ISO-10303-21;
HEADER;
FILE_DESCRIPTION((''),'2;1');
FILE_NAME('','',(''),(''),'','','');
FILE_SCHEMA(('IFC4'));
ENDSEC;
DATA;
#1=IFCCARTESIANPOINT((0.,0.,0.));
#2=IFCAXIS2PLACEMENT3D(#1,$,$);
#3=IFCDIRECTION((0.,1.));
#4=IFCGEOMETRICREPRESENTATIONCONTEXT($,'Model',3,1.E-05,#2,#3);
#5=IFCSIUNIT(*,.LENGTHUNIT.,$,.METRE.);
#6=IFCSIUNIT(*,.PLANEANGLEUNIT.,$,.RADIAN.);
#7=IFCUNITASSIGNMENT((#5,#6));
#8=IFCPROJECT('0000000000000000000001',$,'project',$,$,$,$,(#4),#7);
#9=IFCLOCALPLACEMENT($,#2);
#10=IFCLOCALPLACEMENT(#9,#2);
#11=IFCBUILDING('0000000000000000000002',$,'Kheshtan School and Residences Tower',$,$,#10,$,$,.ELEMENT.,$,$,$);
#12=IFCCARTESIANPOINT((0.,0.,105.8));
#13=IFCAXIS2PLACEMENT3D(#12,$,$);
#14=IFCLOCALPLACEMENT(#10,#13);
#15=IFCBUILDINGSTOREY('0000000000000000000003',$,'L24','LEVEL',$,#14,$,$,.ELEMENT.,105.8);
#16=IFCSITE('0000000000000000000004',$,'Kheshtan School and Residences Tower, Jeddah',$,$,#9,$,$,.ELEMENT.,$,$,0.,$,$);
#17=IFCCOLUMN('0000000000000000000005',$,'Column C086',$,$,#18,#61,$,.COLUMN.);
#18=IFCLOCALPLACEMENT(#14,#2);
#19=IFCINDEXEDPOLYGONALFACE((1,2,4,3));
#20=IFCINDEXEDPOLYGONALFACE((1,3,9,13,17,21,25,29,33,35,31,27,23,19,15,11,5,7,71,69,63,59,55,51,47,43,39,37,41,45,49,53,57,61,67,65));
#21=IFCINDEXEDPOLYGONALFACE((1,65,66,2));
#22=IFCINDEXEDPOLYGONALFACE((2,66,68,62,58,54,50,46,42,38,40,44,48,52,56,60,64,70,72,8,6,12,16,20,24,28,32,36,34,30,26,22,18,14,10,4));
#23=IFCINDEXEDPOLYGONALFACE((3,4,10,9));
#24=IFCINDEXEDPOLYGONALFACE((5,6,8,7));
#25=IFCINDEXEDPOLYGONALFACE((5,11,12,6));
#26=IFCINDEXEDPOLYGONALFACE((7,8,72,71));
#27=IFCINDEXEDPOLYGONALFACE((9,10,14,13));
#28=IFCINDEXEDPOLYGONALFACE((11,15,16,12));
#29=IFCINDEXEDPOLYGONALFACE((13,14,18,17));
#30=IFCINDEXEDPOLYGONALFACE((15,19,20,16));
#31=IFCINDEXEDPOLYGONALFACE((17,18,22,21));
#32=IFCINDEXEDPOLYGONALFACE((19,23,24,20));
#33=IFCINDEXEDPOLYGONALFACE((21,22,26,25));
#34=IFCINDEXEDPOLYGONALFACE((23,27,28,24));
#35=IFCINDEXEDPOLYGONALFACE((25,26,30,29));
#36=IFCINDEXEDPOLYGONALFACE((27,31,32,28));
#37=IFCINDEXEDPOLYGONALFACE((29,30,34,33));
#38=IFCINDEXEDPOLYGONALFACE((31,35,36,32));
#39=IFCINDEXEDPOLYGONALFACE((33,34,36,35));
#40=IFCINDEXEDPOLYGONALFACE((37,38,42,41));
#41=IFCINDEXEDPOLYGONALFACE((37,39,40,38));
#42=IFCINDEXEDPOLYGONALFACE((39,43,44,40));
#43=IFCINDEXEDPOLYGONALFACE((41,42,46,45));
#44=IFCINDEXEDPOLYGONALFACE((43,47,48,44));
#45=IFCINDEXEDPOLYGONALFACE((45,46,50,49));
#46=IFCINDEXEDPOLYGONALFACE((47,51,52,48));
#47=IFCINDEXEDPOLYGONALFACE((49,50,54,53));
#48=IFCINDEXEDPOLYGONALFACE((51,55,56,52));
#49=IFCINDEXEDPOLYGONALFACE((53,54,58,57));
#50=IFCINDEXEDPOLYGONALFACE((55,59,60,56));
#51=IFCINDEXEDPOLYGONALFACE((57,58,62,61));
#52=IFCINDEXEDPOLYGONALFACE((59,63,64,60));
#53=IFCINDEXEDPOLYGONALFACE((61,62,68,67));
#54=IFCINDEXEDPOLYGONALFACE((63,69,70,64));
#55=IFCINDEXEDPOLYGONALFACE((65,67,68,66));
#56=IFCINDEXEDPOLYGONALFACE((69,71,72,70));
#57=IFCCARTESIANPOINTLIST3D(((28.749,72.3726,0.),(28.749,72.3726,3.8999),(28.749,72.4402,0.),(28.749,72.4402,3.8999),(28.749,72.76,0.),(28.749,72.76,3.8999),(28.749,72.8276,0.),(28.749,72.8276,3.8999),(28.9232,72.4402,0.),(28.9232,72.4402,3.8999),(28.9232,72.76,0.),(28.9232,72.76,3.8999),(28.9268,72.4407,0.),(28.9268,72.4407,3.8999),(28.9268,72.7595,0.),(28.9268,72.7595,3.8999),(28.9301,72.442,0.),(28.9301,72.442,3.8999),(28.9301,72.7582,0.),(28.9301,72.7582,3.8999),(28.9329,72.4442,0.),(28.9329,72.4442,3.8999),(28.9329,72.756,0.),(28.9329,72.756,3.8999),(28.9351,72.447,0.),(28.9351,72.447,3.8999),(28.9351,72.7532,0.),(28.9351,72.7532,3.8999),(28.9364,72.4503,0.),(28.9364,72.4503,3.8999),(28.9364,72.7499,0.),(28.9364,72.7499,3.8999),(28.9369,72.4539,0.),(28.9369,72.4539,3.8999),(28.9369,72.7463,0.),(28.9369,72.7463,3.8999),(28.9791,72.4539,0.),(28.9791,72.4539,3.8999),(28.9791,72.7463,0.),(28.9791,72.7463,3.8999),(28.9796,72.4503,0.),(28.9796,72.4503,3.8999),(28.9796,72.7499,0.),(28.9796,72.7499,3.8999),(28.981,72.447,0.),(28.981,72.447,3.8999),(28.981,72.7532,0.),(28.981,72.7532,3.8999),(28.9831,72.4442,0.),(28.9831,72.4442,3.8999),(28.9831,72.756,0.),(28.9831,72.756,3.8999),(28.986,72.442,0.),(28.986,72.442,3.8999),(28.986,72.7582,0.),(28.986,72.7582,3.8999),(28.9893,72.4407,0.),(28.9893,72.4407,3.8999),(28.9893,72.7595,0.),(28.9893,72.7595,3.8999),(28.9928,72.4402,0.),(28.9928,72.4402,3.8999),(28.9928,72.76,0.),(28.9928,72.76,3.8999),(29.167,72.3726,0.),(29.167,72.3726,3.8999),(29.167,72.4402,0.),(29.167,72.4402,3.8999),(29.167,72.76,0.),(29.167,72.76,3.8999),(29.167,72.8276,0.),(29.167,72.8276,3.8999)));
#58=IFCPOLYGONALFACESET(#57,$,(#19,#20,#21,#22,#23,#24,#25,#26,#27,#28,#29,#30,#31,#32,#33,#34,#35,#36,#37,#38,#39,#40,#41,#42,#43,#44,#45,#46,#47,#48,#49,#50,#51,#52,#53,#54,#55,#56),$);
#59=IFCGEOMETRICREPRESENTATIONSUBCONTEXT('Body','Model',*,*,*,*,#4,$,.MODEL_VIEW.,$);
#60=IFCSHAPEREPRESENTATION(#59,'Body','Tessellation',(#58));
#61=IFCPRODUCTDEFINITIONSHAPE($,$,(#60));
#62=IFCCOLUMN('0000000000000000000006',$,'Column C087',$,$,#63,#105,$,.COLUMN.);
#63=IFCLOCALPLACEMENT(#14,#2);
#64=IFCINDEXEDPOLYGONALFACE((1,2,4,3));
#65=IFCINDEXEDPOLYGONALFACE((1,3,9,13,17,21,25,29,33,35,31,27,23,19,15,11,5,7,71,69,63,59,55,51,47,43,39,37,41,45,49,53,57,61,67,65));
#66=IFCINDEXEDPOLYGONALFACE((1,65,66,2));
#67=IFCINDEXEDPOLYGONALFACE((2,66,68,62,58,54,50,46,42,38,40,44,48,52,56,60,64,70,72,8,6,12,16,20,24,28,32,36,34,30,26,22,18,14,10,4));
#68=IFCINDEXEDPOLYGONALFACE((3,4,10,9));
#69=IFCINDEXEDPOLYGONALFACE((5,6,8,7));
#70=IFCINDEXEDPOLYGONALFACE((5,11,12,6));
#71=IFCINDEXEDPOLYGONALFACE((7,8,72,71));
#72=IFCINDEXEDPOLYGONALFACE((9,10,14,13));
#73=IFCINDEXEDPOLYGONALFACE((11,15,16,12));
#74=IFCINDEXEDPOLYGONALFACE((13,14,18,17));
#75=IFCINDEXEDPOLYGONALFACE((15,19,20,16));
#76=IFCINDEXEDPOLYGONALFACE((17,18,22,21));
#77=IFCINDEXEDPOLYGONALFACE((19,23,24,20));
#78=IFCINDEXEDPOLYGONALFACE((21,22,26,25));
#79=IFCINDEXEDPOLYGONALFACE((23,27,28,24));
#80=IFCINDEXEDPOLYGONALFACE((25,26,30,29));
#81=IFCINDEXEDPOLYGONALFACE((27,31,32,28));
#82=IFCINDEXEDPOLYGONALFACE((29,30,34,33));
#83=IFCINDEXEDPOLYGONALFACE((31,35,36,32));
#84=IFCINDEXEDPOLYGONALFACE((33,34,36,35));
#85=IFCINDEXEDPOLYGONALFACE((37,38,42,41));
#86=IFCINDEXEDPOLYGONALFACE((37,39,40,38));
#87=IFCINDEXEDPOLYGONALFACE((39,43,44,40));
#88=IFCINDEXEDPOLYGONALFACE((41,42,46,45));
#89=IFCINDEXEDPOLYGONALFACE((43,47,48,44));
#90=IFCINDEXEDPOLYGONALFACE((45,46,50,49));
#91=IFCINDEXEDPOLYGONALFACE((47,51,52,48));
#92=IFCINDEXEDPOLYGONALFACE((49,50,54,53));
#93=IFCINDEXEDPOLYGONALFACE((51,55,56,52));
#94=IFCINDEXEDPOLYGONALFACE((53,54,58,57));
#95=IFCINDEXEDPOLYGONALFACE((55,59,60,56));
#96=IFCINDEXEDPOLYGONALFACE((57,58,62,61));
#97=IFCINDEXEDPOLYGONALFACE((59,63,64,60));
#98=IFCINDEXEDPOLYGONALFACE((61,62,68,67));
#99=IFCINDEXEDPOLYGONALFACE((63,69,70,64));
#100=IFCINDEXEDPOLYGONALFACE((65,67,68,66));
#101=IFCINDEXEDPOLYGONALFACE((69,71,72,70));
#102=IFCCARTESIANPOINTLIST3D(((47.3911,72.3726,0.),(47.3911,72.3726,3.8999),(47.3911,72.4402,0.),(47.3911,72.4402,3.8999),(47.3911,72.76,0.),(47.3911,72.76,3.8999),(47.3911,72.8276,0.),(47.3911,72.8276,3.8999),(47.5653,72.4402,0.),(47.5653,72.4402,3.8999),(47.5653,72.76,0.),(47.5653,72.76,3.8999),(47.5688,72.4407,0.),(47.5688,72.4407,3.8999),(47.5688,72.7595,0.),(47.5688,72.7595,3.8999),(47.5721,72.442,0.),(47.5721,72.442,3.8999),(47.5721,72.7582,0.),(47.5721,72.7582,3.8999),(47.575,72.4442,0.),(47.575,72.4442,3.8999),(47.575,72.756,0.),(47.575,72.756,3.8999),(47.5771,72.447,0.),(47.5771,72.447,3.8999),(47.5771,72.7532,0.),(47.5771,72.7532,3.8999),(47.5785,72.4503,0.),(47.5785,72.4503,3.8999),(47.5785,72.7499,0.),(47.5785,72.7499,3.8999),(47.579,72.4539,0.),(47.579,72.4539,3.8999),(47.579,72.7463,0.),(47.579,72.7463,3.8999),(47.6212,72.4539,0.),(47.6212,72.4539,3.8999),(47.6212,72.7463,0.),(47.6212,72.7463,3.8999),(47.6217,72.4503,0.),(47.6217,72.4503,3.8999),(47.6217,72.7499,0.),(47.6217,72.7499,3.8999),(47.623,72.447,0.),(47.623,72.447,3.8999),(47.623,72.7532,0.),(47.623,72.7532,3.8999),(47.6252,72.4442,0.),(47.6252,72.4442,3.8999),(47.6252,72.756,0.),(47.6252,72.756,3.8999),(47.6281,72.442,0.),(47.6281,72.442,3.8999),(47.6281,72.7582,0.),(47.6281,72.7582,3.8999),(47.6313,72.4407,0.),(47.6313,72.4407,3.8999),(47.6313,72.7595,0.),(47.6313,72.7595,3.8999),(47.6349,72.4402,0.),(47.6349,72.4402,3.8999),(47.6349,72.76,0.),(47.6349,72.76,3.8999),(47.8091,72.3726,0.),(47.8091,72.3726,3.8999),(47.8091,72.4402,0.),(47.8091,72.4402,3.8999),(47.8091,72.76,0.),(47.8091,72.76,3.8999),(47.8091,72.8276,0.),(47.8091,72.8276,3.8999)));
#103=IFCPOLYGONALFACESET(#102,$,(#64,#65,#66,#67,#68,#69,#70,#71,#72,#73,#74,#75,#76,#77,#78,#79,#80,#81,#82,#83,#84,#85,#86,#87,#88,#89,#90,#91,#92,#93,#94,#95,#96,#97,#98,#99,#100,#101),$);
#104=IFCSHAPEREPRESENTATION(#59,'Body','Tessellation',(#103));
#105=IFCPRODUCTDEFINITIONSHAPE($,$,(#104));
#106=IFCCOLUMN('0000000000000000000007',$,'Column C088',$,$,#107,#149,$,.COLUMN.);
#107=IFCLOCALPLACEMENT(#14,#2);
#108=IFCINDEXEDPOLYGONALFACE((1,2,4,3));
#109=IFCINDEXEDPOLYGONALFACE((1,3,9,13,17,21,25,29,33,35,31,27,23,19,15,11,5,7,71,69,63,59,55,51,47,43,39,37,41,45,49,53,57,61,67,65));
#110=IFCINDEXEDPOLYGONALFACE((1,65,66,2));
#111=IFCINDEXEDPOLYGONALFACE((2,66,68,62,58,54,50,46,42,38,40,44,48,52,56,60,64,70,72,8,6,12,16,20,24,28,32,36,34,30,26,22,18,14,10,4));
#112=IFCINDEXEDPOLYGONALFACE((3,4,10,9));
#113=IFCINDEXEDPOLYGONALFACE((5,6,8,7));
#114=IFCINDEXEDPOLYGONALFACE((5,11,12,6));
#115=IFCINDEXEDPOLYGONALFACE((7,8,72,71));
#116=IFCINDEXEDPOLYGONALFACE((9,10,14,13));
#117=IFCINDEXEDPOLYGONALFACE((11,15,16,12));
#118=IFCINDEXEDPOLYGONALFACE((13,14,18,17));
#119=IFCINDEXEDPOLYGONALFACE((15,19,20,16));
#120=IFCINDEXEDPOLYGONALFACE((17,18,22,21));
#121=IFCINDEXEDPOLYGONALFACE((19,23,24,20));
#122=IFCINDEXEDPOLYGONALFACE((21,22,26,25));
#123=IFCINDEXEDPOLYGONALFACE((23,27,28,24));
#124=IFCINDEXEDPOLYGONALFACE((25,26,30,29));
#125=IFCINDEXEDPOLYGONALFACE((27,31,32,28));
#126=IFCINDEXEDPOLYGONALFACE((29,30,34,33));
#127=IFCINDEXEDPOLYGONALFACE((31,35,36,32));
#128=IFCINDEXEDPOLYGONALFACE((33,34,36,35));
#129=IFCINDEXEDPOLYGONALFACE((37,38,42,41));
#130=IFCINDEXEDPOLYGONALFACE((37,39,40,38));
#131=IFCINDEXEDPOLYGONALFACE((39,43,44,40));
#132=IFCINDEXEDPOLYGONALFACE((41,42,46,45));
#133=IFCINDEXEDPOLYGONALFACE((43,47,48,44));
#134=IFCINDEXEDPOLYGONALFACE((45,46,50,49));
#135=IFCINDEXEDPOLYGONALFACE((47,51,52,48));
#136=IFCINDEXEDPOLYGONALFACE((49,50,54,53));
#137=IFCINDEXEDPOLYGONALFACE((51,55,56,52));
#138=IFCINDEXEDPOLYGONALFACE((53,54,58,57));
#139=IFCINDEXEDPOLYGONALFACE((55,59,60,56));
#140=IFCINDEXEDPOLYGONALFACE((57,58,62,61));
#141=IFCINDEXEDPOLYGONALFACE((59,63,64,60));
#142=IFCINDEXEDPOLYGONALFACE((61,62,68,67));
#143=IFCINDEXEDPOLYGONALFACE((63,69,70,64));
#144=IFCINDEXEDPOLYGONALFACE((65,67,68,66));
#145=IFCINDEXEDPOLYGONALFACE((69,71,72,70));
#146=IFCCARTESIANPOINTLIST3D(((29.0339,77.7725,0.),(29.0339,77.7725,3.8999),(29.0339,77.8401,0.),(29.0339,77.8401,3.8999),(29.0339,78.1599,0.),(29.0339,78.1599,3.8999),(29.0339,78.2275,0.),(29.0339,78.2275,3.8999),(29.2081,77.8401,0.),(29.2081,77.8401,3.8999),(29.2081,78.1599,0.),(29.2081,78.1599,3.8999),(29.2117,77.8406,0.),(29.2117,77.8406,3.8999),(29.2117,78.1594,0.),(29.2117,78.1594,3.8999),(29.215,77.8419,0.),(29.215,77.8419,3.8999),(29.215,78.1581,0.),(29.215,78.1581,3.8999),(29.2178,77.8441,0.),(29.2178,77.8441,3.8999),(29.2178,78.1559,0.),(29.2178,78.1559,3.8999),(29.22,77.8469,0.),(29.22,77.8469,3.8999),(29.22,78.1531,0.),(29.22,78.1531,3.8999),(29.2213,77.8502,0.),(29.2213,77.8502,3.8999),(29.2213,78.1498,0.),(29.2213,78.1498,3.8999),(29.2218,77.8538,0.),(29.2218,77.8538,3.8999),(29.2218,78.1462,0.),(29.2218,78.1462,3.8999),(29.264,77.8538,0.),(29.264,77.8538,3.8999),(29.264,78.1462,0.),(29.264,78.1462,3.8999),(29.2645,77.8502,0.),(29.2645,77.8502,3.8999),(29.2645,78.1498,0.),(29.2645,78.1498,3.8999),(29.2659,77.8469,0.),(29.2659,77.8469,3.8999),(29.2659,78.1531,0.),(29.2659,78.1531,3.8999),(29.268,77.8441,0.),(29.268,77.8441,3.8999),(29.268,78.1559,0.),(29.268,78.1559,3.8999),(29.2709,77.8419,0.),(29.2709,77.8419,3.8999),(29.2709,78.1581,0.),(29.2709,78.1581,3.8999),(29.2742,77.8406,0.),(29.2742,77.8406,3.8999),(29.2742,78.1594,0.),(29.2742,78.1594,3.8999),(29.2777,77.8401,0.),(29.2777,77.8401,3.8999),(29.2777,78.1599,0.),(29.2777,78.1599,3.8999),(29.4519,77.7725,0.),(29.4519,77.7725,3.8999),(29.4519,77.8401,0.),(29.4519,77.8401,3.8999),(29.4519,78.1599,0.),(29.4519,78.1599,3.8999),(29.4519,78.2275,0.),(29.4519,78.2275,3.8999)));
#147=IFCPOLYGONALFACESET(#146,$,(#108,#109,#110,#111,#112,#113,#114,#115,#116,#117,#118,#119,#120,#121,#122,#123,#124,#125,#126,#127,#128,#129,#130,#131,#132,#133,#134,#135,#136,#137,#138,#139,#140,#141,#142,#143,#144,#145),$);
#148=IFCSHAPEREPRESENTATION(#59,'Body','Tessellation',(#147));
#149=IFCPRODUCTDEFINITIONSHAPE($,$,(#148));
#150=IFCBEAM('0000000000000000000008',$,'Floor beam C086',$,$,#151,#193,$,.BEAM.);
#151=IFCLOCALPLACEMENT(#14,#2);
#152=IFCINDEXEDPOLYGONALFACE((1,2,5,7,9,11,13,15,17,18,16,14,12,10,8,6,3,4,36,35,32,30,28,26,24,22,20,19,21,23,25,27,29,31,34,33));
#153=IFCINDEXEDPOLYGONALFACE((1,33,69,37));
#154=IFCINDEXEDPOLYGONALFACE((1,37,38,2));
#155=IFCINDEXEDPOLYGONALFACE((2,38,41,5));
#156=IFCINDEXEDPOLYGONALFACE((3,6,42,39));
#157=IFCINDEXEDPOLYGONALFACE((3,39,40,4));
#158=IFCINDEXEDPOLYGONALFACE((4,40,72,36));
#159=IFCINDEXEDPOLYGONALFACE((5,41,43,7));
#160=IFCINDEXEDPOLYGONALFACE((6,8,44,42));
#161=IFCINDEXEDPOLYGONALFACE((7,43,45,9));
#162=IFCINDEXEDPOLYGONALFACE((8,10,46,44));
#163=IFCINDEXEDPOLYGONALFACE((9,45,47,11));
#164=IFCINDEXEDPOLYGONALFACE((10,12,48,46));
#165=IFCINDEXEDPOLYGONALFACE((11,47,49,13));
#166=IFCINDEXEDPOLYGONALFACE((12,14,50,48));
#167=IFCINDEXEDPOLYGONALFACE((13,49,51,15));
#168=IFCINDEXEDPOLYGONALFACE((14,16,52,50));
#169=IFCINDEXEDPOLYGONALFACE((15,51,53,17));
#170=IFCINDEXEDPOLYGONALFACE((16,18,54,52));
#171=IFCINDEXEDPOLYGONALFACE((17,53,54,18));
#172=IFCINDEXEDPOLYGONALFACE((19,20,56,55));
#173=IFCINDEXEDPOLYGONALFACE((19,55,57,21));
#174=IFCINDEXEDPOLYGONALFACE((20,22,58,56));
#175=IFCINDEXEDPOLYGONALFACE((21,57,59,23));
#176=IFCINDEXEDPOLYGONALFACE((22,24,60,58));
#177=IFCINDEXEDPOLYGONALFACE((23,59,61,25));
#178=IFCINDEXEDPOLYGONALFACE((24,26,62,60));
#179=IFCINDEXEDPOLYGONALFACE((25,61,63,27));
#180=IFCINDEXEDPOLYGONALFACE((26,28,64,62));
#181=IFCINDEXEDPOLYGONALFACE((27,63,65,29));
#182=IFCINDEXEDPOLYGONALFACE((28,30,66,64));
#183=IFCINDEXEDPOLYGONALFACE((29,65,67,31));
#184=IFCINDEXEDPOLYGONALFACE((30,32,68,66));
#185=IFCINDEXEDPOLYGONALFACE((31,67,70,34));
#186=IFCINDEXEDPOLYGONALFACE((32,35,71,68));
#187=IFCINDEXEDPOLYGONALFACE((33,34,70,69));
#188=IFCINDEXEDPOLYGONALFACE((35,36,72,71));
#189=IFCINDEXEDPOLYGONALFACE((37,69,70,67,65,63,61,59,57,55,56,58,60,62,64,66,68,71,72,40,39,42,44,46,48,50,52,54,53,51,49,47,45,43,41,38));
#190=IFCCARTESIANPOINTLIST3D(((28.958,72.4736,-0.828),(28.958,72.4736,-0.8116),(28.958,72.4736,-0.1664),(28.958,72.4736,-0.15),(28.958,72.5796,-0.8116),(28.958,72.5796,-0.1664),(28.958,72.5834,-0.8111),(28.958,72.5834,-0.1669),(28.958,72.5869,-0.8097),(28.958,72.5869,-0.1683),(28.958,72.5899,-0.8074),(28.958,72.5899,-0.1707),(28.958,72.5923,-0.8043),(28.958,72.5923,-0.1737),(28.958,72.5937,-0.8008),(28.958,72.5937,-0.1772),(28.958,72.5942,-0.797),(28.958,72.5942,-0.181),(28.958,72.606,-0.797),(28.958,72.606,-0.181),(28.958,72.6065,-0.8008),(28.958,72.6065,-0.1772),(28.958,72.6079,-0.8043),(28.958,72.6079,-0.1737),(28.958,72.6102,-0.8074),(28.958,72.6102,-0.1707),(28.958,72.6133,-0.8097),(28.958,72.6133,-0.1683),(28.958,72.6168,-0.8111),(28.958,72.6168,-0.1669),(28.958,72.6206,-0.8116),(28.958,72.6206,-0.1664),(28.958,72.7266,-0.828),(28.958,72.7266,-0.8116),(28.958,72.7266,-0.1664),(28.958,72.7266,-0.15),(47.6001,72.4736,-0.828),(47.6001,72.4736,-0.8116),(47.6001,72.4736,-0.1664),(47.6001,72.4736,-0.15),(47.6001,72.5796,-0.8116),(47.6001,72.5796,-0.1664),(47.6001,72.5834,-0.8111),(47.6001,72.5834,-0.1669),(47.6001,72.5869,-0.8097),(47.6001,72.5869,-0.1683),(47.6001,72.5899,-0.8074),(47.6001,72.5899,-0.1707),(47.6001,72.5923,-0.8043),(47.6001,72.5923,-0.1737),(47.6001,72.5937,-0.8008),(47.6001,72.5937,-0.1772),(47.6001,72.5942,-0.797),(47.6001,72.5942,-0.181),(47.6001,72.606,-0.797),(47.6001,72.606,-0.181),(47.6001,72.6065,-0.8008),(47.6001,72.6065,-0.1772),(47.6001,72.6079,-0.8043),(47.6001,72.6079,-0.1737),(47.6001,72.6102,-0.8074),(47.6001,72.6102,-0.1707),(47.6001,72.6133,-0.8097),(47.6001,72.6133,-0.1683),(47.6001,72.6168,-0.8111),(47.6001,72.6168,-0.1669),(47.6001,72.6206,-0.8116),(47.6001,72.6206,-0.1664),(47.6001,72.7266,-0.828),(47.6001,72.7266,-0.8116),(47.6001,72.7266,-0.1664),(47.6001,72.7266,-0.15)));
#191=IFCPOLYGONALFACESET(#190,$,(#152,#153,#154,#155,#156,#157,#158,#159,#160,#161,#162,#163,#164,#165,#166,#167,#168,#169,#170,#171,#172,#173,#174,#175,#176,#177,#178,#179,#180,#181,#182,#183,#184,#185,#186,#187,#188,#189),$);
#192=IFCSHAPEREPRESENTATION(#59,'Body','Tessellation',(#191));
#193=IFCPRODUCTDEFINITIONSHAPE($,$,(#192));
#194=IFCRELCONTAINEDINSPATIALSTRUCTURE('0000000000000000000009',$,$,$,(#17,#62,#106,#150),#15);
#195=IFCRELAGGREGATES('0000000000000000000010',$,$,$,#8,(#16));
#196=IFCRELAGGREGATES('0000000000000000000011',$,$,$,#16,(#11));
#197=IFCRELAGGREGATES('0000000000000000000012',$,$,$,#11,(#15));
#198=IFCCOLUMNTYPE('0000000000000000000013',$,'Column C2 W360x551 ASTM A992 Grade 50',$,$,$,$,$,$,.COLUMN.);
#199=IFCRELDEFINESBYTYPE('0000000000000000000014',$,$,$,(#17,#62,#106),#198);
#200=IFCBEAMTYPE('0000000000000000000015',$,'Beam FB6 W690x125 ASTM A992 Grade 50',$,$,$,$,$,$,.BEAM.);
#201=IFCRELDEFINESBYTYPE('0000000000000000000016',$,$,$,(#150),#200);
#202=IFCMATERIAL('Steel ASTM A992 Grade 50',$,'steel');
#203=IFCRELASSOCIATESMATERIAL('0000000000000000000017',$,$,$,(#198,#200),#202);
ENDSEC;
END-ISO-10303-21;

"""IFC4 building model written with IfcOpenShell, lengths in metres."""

from ifc_helpers import new_model, si_unit, direction, frame, origin, origin_2d, place, context, subcontext, project, spatial, i_section, extrude, material, material_profile, profile_set, type_object, element, save


model = new_model("IFC4")

# Units and contexts
model_context = context("Model", 3, precision=1e-05, world=origin(), true_north=direction((0.0, 1.0)))
body_context = subcontext(model_context, "Body", "Model", "MODEL_VIEW")
ifc_project = project(units=[si_unit("LENGTHUNIT", "METRE"), si_unit("PLANEANGLEUNIT", "RADIAN")], contexts=[model_context])

# Site, building, storey
site_placement = place(None, origin())
site = spatial("IfcSite", under=ifc_project, at=site_placement, Name="Kheshtan School and Residences Tower, Jeddah", CompositionType="ELEMENT", RefElevation=0.0)
building_placement = place(site_placement, origin())
building = spatial("IfcBuilding", under=site, at=building_placement, Name="Kheshtan School and Residences Tower", CompositionType="ELEMENT")
storey_placement = place(building_placement, frame((0.0, 0.0, 105.8)))
storey = spatial("IfcBuildingStorey", under=building, at=storey_placement, Name="L24", Description="LEVEL", CompositionType="ELEMENT", Elevation=105.8)

# Columns
ifc_material_1 = material(Name="Steel ASTM A992 Grade 50", Category="steel")
ifc_material_profile_1 = material_profile(ifc_material_1, i_section(OverallWidth=0.418, OverallDepth=0.4551, WebThickness=0.0422, FlangeThickness=0.0676, FilletRadius=0.0137, at=origin_2d()), Name="W360x551")
ifc_profile_set_1 = profile_set([ifc_material_profile_1], Name="Steel ASTM A992 Grade 50")
column_type = type_object("IfcColumnType", Name="Column C2 W360x551 ASTM A992 Grade 50", PredefinedType="COLUMN", material=ifc_profile_set_1)
for number, where, z_axis, x_axis, name in (
    (1, (28.958, 72.6001, 0.0), (0.0, 0.0, 1.0), (1.0, 0.0, 0.0), "Column C086"),
    (2, (47.6001, 72.6001, 0.0), (0.0, 0.0, 1.0), (1.0, 0.0, 0.0), "Column C087"),
    (3, (29.2429, 78.0, 0.0), (0.0, 0.0, 1.0), (1.0, 0.0, 0.0), "Column C088"),
):
    element("IfcColumn", number, at=place(storey_placement, frame(where, z_axis=z_axis, x_axis=x_axis)), inside=storey, type_object=column_type, Name=name, PredefinedType="COLUMN", context=body_context, shape_type="SweptSolid", body=[
        extrude(i_section(OverallWidth=0.418, OverallDepth=0.4551, WebThickness=0.0422, FlangeThickness=0.0676, FilletRadius=0.0137, at=origin_2d()), origin(), (0.0, 0.0, 1.0), 3.8999),
    ])

# Beam
ifc_material_profile_2 = material_profile(ifc_material_1, i_section(OverallWidth=0.2529, OverallDepth=0.678, WebThickness=0.0117, FlangeThickness=0.0164, FilletRadius=0.0146, at=origin_2d()), Name="W690x125")
ifc_profile_set_2 = profile_set([ifc_material_profile_2], Name="Steel ASTM A992 Grade 50")
beam_type_1 = type_object("IfcBeamType", Name="Beam FB6 W690x125 ASTM A992 Grade 50", PredefinedType="BEAM", material=ifc_profile_set_2)
beam_1_placement = place(storey_placement, frame((28.958, 72.6001, -0.489), z_axis=(1.0, 0.0, 0.0), x_axis=(0.0, 1.0, 0.0)))
element("IfcBeam", 4, at=beam_1_placement, inside=storey, type_object=beam_type_1, Name="Floor beam C086", PredefinedType="BEAM", context=body_context, shape_type="SweptSolid", body=[
    extrude(i_section(OverallWidth=0.2529, OverallDepth=0.678, WebThickness=0.0117, FlangeThickness=0.0164, FilletRadius=0.0146, at=origin_2d()), origin(), (0.0, 0.0, 1.0), 18.6421),
])

save(model, "model.ifc")
